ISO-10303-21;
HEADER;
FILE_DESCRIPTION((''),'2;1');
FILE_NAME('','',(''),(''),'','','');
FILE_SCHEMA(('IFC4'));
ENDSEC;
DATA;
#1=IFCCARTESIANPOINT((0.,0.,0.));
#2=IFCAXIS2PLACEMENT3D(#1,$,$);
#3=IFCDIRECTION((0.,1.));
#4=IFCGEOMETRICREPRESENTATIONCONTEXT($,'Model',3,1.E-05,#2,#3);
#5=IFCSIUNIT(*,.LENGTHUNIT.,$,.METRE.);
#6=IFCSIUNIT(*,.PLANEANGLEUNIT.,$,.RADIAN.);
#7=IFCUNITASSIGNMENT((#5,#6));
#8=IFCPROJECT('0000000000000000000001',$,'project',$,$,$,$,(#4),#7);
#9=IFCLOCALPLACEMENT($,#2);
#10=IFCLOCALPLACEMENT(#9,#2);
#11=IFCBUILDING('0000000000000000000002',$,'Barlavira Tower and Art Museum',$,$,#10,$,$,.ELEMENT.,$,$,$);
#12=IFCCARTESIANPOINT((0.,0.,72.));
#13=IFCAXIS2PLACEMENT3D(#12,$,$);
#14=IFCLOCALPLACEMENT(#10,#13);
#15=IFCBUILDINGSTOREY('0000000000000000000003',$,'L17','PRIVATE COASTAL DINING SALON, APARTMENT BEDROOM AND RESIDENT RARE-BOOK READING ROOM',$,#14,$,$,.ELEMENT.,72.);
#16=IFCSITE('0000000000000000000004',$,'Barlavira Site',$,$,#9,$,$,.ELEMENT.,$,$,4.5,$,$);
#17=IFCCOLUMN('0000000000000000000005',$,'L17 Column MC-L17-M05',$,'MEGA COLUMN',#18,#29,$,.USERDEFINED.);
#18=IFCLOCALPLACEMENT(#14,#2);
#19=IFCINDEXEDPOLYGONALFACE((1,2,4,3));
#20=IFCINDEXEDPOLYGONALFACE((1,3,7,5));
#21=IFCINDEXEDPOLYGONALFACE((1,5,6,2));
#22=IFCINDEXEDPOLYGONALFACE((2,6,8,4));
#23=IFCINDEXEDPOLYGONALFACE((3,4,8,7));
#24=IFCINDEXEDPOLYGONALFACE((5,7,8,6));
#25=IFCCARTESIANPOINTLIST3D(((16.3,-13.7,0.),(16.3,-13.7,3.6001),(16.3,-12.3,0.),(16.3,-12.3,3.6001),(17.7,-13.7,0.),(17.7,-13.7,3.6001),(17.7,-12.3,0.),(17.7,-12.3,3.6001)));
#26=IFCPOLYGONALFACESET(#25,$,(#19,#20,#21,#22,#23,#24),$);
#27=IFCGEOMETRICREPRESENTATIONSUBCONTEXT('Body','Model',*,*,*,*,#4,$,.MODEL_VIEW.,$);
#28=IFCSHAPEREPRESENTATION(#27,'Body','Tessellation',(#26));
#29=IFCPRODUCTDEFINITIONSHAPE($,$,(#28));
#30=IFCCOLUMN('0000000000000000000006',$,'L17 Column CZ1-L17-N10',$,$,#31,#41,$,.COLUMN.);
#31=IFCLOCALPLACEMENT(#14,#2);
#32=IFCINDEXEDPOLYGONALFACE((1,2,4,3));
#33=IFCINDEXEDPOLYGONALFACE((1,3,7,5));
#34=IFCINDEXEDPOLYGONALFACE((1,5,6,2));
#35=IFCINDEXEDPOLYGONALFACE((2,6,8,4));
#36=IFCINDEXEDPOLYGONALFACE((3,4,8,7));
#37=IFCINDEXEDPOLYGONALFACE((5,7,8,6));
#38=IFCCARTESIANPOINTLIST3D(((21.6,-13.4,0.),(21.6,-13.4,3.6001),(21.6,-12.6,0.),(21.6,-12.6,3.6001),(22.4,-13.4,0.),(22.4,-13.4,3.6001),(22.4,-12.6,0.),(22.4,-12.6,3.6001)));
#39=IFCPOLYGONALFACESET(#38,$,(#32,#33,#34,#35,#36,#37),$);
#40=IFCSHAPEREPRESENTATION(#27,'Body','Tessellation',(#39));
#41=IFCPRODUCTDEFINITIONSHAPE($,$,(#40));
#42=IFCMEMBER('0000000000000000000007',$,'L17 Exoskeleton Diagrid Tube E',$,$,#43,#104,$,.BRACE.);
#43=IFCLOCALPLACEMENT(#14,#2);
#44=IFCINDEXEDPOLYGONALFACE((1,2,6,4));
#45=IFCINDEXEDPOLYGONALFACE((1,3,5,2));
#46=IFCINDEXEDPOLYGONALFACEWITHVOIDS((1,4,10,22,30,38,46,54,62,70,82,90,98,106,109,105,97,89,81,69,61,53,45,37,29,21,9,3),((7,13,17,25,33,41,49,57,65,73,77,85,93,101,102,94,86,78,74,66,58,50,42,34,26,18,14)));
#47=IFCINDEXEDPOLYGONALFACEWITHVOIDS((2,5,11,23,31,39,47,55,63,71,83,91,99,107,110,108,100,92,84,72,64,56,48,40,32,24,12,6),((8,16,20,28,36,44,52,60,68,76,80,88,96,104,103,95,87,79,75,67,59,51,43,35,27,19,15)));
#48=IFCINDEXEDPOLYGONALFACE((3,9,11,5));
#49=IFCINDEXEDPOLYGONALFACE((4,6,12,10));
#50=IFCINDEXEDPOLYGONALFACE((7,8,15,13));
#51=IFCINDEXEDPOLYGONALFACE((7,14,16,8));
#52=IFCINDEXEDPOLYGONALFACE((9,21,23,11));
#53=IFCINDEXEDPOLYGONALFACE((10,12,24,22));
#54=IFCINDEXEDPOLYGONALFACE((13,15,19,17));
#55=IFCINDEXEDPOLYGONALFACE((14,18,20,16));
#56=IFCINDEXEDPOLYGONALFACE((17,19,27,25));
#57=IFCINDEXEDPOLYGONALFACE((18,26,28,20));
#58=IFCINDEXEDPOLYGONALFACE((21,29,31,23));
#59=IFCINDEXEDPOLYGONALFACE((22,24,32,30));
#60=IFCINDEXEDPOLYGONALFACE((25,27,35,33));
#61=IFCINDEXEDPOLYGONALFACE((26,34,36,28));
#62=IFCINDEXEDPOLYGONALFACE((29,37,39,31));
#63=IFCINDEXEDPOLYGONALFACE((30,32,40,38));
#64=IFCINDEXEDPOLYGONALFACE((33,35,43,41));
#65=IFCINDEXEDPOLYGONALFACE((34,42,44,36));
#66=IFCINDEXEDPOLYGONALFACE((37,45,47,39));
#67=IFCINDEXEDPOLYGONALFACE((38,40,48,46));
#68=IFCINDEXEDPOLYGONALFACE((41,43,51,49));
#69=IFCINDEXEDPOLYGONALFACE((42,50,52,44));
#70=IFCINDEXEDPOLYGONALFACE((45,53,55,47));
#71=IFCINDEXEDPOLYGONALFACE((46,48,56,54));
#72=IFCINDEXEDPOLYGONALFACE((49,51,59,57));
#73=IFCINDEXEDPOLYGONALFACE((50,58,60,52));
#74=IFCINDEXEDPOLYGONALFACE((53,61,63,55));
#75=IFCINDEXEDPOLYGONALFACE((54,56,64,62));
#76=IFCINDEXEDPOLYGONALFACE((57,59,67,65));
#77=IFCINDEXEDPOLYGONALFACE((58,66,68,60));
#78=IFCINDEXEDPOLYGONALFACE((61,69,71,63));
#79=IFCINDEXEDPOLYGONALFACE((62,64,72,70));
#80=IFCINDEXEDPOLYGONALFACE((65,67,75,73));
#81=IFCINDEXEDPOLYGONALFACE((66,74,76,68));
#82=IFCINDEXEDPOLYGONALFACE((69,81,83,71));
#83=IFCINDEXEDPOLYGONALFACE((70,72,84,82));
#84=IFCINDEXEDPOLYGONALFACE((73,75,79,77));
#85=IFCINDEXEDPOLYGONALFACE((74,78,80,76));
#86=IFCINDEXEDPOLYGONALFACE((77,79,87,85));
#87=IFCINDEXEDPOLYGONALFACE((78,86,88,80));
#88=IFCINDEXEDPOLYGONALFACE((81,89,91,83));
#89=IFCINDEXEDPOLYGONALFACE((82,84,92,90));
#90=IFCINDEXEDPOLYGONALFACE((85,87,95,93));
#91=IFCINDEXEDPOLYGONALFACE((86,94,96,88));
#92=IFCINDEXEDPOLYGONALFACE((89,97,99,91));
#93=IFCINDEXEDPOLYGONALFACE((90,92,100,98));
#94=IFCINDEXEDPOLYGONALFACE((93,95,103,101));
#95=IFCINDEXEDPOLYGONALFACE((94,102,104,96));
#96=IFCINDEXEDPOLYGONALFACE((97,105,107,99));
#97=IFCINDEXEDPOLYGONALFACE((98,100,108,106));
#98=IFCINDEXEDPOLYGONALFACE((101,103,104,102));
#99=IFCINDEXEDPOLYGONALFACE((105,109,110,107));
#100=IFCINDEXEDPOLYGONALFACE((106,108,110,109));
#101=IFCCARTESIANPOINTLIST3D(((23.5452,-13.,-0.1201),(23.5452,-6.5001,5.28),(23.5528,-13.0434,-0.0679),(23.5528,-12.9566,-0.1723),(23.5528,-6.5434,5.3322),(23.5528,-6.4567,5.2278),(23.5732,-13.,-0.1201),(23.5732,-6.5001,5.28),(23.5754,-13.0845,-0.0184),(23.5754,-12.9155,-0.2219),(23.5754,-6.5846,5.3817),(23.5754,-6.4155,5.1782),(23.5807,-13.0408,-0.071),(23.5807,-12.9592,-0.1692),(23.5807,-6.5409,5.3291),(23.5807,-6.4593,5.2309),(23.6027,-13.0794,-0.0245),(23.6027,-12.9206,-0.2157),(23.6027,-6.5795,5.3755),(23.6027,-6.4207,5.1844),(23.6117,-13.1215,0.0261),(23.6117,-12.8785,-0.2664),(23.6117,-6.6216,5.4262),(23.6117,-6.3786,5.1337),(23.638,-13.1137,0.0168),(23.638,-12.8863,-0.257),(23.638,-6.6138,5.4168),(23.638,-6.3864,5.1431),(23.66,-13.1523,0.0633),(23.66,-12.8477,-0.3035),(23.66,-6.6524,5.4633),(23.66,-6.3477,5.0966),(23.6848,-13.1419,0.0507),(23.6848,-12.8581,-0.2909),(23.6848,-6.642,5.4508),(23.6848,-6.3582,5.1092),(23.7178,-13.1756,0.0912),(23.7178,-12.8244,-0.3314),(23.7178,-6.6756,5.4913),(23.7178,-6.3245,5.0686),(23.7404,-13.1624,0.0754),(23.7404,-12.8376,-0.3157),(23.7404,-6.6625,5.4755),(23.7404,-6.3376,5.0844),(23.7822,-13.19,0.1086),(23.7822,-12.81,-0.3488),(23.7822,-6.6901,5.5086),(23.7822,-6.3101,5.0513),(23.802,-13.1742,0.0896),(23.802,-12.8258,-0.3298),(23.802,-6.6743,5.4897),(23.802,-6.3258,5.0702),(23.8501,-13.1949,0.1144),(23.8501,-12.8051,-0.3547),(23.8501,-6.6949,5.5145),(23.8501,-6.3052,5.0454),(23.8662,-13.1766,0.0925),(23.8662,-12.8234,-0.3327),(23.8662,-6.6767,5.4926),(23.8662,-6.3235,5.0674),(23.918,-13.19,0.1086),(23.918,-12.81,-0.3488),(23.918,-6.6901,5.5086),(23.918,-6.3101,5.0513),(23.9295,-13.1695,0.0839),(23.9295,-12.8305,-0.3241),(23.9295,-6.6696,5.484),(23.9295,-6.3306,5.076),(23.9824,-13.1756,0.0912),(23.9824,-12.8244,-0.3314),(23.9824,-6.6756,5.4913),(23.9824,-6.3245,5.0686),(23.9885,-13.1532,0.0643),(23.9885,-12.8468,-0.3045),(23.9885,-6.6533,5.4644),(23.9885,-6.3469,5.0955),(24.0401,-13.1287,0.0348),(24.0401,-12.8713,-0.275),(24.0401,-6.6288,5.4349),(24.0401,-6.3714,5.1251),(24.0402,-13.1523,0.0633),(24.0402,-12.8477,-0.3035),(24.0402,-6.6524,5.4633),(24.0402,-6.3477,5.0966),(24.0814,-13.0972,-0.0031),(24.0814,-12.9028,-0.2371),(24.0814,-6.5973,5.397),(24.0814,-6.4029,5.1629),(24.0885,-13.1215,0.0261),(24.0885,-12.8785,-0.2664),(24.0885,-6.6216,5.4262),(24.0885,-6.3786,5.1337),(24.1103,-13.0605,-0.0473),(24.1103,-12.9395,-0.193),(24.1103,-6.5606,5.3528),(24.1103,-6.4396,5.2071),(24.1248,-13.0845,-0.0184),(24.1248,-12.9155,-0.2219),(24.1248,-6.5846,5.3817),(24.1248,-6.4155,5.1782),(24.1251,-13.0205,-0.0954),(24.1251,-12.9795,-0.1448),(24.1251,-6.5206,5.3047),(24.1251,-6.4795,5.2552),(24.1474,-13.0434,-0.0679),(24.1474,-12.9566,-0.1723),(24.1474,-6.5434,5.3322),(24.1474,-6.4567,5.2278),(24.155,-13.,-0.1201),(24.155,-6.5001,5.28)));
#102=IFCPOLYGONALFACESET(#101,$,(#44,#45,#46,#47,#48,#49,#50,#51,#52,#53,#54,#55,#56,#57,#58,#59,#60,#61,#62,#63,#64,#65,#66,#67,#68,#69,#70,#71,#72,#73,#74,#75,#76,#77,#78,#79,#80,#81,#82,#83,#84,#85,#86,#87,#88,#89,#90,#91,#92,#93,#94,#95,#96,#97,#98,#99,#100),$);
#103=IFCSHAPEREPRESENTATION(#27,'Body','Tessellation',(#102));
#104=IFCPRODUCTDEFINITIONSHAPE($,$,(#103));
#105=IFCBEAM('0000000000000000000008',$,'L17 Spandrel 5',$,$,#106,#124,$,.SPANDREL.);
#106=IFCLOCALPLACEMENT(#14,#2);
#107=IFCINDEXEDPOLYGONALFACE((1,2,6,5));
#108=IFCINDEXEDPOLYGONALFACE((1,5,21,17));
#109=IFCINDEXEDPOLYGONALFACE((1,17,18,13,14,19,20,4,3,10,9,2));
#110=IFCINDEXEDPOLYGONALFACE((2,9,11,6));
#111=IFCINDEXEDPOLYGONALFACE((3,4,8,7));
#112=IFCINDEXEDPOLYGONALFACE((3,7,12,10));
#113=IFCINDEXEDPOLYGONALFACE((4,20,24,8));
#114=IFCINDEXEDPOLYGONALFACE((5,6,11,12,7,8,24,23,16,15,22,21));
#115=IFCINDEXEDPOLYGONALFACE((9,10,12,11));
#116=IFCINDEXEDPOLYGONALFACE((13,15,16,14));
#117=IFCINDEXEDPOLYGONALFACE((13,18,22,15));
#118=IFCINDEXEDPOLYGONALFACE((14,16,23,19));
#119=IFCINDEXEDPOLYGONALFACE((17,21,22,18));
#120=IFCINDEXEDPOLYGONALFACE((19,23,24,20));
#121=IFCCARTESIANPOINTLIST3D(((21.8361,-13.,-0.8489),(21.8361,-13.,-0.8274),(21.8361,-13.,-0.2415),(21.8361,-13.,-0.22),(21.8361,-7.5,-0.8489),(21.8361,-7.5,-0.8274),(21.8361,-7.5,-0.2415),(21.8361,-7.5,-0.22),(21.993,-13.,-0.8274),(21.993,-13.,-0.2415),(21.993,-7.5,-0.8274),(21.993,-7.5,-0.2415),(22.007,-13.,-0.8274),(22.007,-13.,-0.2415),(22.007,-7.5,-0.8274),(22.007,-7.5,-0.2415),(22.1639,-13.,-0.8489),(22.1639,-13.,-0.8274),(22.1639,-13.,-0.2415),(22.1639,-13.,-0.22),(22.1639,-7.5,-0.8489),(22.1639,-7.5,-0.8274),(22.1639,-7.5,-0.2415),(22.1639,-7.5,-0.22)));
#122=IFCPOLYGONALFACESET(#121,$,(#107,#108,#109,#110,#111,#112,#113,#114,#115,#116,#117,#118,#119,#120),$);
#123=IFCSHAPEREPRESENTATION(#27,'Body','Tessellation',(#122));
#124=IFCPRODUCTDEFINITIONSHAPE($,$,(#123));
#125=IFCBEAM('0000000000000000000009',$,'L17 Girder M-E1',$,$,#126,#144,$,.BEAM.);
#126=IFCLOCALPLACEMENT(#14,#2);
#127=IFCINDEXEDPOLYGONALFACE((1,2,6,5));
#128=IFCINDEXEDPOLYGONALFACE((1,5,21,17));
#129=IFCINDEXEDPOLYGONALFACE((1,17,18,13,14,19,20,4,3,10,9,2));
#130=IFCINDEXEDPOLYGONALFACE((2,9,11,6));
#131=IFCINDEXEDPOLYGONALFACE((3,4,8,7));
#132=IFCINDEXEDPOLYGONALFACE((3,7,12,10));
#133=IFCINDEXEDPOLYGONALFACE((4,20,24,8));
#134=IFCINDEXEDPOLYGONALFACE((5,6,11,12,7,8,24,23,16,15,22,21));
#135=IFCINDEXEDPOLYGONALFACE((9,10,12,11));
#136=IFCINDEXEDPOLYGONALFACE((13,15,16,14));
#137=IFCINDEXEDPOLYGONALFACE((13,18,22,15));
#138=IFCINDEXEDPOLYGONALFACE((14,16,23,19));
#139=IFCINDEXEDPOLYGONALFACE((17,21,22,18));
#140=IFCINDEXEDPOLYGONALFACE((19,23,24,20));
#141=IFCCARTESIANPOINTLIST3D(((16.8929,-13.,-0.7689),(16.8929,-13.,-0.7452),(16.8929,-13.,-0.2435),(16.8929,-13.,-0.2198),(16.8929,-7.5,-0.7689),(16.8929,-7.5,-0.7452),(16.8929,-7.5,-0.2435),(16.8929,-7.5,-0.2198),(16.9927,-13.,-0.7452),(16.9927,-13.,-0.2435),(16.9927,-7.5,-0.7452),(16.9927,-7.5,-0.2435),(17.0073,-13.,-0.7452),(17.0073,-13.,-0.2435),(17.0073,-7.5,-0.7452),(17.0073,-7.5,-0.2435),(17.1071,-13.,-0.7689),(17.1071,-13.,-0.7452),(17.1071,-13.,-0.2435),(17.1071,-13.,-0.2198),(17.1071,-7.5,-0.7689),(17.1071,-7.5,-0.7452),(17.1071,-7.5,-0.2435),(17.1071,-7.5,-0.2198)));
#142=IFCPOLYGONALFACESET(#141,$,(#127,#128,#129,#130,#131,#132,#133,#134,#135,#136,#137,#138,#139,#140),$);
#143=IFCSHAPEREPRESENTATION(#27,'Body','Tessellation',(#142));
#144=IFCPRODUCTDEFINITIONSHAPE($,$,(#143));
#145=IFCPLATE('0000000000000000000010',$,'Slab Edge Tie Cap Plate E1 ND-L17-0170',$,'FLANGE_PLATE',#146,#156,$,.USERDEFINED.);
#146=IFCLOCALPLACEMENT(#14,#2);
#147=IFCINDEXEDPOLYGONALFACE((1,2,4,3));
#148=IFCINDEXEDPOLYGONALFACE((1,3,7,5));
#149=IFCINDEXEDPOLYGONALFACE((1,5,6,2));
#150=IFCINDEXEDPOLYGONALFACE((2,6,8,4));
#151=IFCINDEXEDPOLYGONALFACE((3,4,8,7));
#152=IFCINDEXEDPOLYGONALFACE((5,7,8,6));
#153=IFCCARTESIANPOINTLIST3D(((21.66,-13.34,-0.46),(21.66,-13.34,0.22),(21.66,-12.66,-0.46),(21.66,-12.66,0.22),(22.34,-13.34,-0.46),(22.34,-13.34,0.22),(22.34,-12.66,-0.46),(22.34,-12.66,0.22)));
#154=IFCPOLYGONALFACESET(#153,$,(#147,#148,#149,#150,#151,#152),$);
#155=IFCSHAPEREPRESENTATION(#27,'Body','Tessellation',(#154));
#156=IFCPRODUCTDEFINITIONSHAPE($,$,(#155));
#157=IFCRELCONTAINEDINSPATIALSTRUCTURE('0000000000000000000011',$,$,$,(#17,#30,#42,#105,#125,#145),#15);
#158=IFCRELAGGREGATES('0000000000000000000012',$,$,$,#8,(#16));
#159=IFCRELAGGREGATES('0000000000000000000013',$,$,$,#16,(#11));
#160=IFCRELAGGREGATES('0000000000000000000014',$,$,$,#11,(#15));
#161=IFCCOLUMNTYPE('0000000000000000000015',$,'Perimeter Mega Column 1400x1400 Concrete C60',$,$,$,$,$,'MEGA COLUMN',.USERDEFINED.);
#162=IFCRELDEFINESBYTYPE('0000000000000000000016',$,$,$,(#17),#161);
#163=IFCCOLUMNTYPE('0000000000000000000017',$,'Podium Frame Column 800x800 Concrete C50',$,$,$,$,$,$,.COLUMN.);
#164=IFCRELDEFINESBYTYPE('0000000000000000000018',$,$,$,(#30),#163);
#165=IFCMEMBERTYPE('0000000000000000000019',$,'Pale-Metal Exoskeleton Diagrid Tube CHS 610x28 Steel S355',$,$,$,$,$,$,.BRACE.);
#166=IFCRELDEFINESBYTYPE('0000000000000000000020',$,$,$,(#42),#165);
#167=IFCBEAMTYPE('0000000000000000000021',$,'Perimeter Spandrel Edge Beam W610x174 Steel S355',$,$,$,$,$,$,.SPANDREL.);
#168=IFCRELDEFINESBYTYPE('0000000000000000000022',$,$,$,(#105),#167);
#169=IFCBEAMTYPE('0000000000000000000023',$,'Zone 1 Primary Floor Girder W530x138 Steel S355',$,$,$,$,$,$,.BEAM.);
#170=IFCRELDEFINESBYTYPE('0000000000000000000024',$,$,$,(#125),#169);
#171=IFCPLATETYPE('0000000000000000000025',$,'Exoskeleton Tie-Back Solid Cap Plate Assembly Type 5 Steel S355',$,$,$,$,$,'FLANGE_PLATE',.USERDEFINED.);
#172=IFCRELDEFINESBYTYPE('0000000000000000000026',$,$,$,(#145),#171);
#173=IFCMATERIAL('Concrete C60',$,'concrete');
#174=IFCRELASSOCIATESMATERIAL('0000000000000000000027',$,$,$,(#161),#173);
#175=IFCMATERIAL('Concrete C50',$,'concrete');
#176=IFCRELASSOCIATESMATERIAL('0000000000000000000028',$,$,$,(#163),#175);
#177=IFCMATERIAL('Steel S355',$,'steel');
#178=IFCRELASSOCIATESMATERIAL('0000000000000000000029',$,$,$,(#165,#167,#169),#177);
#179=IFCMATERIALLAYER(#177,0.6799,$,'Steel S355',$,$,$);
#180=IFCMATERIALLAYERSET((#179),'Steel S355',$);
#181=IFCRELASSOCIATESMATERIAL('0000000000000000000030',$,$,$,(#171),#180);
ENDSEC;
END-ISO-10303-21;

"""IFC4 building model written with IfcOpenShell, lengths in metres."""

from ifc_helpers import new_model, si_unit, direction, frame, origin, origin_2d, place, context, subcontext, project, spatial, rectangle, hollow_circle, i_section, extrude, material, layer, layer_set, material_profile, profile_set, type_object, element, save


model = new_model("IFC4")

# Units and contexts
model_context = context("Model", 3, precision=1e-05, world=origin(), true_north=direction((0.0, 1.0)))
body_context = subcontext(model_context, "Body", "Model", "MODEL_VIEW")
ifc_project = project(units=[si_unit("LENGTHUNIT", "METRE"), si_unit("PLANEANGLEUNIT", "RADIAN")], contexts=[model_context])

# Site, building, storey
site_placement = place(None, origin())
site = spatial("IfcSite", under=ifc_project, at=site_placement, Name="Barlavira Site", CompositionType="ELEMENT", RefElevation=4.5)
building_placement = place(site_placement, origin())
building = spatial("IfcBuilding", under=site, at=building_placement, Name="Barlavira Tower and Art Museum", CompositionType="ELEMENT")
storey_placement = place(building_placement, frame((0.0, 0.0, 72.0)))
storey = spatial("IfcBuildingStorey", under=building, at=storey_placement, Name="L17", Description="PRIVATE COASTAL DINING SALON, APARTMENT BEDROOM AND RESIDENT RARE-BOOK READING ROOM", CompositionType="ELEMENT", Elevation=72.0)

# Columns
ifc_material_1 = material(Name="Concrete C60", Category="concrete")
ifc_material_profile_1 = material_profile(ifc_material_1, rectangle(XDim=1.3999, YDim=1.3999, at=origin_2d()), Name="RC-MCOL 1400x1400")
ifc_profile_set_1 = profile_set([ifc_material_profile_1], Name="Concrete C60")
column_type_1 = type_object("IfcColumnType", Name="Perimeter Mega Column 1400x1400 Concrete C60", ElementType="MEGA COLUMN", PredefinedType="USERDEFINED", material=ifc_profile_set_1)
column_1_placement = place(storey_placement, frame((17.0, -13.0, 0.0), z_axis=(0.0, 0.0, 1.0), x_axis=(1.0, 0.0, 0.0)))
element("IfcColumn", 1, at=column_1_placement, inside=storey, type_object=column_type_1, Name="L17 Column MC-L17-M05", ObjectType="MEGA COLUMN", PredefinedType="USERDEFINED", context=body_context, shape_type="SweptSolid", body=[
    extrude(rectangle(XDim=1.3999, YDim=1.3999, at=origin_2d()), origin(), (0.0, 0.0, 1.0), 3.6001),
])
ifc_material_2 = material(Name="Concrete C50", Category="concrete")
ifc_material_profile_2 = material_profile(ifc_material_2, rectangle(XDim=0.8, YDim=0.8, at=origin_2d()), Name="RC-COL 800x800")
ifc_profile_set_2 = profile_set([ifc_material_profile_2], Name="Concrete C50")
column_type_2 = type_object("IfcColumnType", Name="Podium Frame Column 800x800 Concrete C50", PredefinedType="COLUMN", material=ifc_profile_set_2)
column_2_placement = place(storey_placement, frame((22.0, -13.0, 0.0), z_axis=(0.0, 0.0, 1.0), x_axis=(1.0, 0.0, 0.0)))
element("IfcColumn", 2, at=column_2_placement, inside=storey, type_object=column_type_2, Name="L17 Column CZ1-L17-N10", PredefinedType="COLUMN", context=body_context, shape_type="SweptSolid", body=[
    extrude(rectangle(XDim=0.8, YDim=0.8, at=origin_2d()), origin(), (0.0, 0.0, 1.0), 3.6001),
])

# Member
ifc_material_3 = material(Name="Steel S355", Category="steel")
ifc_material_profile_3 = material_profile(ifc_material_3, hollow_circle(Radius=0.3049, WallThickness=0.0281, at=origin_2d()), Name="CHS 610.0x28.0")
ifc_profile_set_3 = profile_set([ifc_material_profile_3], Name="Steel S355")
member_type = type_object("IfcMemberType", Name="Pale-Metal Exoskeleton Diagrid Tube CHS 610x28 Steel S355", PredefinedType="BRACE", material=ifc_profile_set_3)
member_placement = place(storey_placement, frame((23.8501, -13.0, -0.1201), z_axis=(0.0, 0.769182, 0.63903), x_axis=(-1.0, 0.0, 0.0)))
element("IfcMember", 3, at=member_placement, inside=storey, type_object=member_type, Name="L17 Exoskeleton Diagrid Tube E", PredefinedType="BRACE", context=body_context, shape_type="SweptSolid", body=[
    extrude(hollow_circle(Radius=0.3049, WallThickness=0.0281, at=origin_2d()), origin(), (0.0, 0.0, 1.0), 8.4504),
])

# Beams
ifc_material_profile_4 = material_profile(ifc_material_3, i_section(OverallWidth=0.3279, OverallDepth=0.6289, WebThickness=0.0139, FlangeThickness=0.0215, at=origin_2d()), Name="W610x174.0")
ifc_profile_set_4 = profile_set([ifc_material_profile_4], Name="Steel S355")
beam_type_1 = type_object("IfcBeamType", Name="Perimeter Spandrel Edge Beam W610x174 Steel S355", PredefinedType="SPANDREL", material=ifc_profile_set_4)
beam_1_placement = place(storey_placement, frame((22.0, -13.0, -0.5344), z_axis=(0.0, 1.0, 0.0), x_axis=(-1.0, 0.0, 0.0)))
element("IfcBeam", 4, at=beam_1_placement, inside=storey, type_object=beam_type_1, Name="L17 Spandrel 5", PredefinedType="SPANDREL", context=body_context, shape_type="SweptSolid", body=[
    extrude(i_section(OverallWidth=0.3279, OverallDepth=0.6289, WebThickness=0.0139, FlangeThickness=0.0215, at=origin_2d()), origin(), (0.0, 0.0, 1.0), 5.5),
])
ifc_material_profile_5 = material_profile(ifc_material_3, i_section(OverallWidth=0.2141, OverallDepth=0.5491, WebThickness=0.0146, FlangeThickness=0.0237, at=origin_2d()), Name="W530x138.0")
ifc_profile_set_5 = profile_set([ifc_material_profile_5], Name="Steel S355")
beam_type_2 = type_object("IfcBeamType", Name="Zone 1 Primary Floor Girder W530x138 Steel S355", PredefinedType="BEAM", material=ifc_profile_set_5)
beam_2_placement = place(storey_placement, frame((17.0, -13.0, -0.4944), z_axis=(0.0, 1.0, 0.0), x_axis=(-1.0, 0.0, 0.0)))
element("IfcBeam", 5, at=beam_2_placement, inside=storey, type_object=beam_type_2, Name="L17 Girder M-E1", PredefinedType="BEAM", context=body_context, shape_type="SweptSolid", body=[
    extrude(i_section(OverallWidth=0.2141, OverallDepth=0.5491, WebThickness=0.0146, FlangeThickness=0.0237, at=origin_2d()), origin(), (0.0, 0.0, 1.0), 5.5),
])

# Plate
ifc_layer_1 = layer(ifc_material_3, 0.6799, Name="Steel S355")
ifc_layer_set_1 = layer_set([ifc_layer_1], Name="Steel S355")
plate_type = type_object("IfcPlateType", Name="Exoskeleton Tie-Back Solid Cap Plate Assembly Type 5 Steel S355", ElementType="FLANGE_PLATE", PredefinedType="USERDEFINED", material=ifc_layer_set_1)
plate_placement = place(storey_placement, frame((22.0, -13.0, -0.46), z_axis=(0.0, 0.0, 1.0), x_axis=(1.0, 0.0, 0.0)))
element("IfcPlate", 6, at=plate_placement, inside=storey, type_object=plate_type, Name="Slab Edge Tie Cap Plate E1 ND-L17-0170", ObjectType="FLANGE_PLATE", PredefinedType="USERDEFINED", context=body_context, shape_type="SweptSolid", body=[
    extrude(rectangle(XDim=0.6799, YDim=0.6799, at=origin_2d()), origin(), (0.0, 0.0, 1.0), 0.6799),
])

save(model, "model.ifc")
